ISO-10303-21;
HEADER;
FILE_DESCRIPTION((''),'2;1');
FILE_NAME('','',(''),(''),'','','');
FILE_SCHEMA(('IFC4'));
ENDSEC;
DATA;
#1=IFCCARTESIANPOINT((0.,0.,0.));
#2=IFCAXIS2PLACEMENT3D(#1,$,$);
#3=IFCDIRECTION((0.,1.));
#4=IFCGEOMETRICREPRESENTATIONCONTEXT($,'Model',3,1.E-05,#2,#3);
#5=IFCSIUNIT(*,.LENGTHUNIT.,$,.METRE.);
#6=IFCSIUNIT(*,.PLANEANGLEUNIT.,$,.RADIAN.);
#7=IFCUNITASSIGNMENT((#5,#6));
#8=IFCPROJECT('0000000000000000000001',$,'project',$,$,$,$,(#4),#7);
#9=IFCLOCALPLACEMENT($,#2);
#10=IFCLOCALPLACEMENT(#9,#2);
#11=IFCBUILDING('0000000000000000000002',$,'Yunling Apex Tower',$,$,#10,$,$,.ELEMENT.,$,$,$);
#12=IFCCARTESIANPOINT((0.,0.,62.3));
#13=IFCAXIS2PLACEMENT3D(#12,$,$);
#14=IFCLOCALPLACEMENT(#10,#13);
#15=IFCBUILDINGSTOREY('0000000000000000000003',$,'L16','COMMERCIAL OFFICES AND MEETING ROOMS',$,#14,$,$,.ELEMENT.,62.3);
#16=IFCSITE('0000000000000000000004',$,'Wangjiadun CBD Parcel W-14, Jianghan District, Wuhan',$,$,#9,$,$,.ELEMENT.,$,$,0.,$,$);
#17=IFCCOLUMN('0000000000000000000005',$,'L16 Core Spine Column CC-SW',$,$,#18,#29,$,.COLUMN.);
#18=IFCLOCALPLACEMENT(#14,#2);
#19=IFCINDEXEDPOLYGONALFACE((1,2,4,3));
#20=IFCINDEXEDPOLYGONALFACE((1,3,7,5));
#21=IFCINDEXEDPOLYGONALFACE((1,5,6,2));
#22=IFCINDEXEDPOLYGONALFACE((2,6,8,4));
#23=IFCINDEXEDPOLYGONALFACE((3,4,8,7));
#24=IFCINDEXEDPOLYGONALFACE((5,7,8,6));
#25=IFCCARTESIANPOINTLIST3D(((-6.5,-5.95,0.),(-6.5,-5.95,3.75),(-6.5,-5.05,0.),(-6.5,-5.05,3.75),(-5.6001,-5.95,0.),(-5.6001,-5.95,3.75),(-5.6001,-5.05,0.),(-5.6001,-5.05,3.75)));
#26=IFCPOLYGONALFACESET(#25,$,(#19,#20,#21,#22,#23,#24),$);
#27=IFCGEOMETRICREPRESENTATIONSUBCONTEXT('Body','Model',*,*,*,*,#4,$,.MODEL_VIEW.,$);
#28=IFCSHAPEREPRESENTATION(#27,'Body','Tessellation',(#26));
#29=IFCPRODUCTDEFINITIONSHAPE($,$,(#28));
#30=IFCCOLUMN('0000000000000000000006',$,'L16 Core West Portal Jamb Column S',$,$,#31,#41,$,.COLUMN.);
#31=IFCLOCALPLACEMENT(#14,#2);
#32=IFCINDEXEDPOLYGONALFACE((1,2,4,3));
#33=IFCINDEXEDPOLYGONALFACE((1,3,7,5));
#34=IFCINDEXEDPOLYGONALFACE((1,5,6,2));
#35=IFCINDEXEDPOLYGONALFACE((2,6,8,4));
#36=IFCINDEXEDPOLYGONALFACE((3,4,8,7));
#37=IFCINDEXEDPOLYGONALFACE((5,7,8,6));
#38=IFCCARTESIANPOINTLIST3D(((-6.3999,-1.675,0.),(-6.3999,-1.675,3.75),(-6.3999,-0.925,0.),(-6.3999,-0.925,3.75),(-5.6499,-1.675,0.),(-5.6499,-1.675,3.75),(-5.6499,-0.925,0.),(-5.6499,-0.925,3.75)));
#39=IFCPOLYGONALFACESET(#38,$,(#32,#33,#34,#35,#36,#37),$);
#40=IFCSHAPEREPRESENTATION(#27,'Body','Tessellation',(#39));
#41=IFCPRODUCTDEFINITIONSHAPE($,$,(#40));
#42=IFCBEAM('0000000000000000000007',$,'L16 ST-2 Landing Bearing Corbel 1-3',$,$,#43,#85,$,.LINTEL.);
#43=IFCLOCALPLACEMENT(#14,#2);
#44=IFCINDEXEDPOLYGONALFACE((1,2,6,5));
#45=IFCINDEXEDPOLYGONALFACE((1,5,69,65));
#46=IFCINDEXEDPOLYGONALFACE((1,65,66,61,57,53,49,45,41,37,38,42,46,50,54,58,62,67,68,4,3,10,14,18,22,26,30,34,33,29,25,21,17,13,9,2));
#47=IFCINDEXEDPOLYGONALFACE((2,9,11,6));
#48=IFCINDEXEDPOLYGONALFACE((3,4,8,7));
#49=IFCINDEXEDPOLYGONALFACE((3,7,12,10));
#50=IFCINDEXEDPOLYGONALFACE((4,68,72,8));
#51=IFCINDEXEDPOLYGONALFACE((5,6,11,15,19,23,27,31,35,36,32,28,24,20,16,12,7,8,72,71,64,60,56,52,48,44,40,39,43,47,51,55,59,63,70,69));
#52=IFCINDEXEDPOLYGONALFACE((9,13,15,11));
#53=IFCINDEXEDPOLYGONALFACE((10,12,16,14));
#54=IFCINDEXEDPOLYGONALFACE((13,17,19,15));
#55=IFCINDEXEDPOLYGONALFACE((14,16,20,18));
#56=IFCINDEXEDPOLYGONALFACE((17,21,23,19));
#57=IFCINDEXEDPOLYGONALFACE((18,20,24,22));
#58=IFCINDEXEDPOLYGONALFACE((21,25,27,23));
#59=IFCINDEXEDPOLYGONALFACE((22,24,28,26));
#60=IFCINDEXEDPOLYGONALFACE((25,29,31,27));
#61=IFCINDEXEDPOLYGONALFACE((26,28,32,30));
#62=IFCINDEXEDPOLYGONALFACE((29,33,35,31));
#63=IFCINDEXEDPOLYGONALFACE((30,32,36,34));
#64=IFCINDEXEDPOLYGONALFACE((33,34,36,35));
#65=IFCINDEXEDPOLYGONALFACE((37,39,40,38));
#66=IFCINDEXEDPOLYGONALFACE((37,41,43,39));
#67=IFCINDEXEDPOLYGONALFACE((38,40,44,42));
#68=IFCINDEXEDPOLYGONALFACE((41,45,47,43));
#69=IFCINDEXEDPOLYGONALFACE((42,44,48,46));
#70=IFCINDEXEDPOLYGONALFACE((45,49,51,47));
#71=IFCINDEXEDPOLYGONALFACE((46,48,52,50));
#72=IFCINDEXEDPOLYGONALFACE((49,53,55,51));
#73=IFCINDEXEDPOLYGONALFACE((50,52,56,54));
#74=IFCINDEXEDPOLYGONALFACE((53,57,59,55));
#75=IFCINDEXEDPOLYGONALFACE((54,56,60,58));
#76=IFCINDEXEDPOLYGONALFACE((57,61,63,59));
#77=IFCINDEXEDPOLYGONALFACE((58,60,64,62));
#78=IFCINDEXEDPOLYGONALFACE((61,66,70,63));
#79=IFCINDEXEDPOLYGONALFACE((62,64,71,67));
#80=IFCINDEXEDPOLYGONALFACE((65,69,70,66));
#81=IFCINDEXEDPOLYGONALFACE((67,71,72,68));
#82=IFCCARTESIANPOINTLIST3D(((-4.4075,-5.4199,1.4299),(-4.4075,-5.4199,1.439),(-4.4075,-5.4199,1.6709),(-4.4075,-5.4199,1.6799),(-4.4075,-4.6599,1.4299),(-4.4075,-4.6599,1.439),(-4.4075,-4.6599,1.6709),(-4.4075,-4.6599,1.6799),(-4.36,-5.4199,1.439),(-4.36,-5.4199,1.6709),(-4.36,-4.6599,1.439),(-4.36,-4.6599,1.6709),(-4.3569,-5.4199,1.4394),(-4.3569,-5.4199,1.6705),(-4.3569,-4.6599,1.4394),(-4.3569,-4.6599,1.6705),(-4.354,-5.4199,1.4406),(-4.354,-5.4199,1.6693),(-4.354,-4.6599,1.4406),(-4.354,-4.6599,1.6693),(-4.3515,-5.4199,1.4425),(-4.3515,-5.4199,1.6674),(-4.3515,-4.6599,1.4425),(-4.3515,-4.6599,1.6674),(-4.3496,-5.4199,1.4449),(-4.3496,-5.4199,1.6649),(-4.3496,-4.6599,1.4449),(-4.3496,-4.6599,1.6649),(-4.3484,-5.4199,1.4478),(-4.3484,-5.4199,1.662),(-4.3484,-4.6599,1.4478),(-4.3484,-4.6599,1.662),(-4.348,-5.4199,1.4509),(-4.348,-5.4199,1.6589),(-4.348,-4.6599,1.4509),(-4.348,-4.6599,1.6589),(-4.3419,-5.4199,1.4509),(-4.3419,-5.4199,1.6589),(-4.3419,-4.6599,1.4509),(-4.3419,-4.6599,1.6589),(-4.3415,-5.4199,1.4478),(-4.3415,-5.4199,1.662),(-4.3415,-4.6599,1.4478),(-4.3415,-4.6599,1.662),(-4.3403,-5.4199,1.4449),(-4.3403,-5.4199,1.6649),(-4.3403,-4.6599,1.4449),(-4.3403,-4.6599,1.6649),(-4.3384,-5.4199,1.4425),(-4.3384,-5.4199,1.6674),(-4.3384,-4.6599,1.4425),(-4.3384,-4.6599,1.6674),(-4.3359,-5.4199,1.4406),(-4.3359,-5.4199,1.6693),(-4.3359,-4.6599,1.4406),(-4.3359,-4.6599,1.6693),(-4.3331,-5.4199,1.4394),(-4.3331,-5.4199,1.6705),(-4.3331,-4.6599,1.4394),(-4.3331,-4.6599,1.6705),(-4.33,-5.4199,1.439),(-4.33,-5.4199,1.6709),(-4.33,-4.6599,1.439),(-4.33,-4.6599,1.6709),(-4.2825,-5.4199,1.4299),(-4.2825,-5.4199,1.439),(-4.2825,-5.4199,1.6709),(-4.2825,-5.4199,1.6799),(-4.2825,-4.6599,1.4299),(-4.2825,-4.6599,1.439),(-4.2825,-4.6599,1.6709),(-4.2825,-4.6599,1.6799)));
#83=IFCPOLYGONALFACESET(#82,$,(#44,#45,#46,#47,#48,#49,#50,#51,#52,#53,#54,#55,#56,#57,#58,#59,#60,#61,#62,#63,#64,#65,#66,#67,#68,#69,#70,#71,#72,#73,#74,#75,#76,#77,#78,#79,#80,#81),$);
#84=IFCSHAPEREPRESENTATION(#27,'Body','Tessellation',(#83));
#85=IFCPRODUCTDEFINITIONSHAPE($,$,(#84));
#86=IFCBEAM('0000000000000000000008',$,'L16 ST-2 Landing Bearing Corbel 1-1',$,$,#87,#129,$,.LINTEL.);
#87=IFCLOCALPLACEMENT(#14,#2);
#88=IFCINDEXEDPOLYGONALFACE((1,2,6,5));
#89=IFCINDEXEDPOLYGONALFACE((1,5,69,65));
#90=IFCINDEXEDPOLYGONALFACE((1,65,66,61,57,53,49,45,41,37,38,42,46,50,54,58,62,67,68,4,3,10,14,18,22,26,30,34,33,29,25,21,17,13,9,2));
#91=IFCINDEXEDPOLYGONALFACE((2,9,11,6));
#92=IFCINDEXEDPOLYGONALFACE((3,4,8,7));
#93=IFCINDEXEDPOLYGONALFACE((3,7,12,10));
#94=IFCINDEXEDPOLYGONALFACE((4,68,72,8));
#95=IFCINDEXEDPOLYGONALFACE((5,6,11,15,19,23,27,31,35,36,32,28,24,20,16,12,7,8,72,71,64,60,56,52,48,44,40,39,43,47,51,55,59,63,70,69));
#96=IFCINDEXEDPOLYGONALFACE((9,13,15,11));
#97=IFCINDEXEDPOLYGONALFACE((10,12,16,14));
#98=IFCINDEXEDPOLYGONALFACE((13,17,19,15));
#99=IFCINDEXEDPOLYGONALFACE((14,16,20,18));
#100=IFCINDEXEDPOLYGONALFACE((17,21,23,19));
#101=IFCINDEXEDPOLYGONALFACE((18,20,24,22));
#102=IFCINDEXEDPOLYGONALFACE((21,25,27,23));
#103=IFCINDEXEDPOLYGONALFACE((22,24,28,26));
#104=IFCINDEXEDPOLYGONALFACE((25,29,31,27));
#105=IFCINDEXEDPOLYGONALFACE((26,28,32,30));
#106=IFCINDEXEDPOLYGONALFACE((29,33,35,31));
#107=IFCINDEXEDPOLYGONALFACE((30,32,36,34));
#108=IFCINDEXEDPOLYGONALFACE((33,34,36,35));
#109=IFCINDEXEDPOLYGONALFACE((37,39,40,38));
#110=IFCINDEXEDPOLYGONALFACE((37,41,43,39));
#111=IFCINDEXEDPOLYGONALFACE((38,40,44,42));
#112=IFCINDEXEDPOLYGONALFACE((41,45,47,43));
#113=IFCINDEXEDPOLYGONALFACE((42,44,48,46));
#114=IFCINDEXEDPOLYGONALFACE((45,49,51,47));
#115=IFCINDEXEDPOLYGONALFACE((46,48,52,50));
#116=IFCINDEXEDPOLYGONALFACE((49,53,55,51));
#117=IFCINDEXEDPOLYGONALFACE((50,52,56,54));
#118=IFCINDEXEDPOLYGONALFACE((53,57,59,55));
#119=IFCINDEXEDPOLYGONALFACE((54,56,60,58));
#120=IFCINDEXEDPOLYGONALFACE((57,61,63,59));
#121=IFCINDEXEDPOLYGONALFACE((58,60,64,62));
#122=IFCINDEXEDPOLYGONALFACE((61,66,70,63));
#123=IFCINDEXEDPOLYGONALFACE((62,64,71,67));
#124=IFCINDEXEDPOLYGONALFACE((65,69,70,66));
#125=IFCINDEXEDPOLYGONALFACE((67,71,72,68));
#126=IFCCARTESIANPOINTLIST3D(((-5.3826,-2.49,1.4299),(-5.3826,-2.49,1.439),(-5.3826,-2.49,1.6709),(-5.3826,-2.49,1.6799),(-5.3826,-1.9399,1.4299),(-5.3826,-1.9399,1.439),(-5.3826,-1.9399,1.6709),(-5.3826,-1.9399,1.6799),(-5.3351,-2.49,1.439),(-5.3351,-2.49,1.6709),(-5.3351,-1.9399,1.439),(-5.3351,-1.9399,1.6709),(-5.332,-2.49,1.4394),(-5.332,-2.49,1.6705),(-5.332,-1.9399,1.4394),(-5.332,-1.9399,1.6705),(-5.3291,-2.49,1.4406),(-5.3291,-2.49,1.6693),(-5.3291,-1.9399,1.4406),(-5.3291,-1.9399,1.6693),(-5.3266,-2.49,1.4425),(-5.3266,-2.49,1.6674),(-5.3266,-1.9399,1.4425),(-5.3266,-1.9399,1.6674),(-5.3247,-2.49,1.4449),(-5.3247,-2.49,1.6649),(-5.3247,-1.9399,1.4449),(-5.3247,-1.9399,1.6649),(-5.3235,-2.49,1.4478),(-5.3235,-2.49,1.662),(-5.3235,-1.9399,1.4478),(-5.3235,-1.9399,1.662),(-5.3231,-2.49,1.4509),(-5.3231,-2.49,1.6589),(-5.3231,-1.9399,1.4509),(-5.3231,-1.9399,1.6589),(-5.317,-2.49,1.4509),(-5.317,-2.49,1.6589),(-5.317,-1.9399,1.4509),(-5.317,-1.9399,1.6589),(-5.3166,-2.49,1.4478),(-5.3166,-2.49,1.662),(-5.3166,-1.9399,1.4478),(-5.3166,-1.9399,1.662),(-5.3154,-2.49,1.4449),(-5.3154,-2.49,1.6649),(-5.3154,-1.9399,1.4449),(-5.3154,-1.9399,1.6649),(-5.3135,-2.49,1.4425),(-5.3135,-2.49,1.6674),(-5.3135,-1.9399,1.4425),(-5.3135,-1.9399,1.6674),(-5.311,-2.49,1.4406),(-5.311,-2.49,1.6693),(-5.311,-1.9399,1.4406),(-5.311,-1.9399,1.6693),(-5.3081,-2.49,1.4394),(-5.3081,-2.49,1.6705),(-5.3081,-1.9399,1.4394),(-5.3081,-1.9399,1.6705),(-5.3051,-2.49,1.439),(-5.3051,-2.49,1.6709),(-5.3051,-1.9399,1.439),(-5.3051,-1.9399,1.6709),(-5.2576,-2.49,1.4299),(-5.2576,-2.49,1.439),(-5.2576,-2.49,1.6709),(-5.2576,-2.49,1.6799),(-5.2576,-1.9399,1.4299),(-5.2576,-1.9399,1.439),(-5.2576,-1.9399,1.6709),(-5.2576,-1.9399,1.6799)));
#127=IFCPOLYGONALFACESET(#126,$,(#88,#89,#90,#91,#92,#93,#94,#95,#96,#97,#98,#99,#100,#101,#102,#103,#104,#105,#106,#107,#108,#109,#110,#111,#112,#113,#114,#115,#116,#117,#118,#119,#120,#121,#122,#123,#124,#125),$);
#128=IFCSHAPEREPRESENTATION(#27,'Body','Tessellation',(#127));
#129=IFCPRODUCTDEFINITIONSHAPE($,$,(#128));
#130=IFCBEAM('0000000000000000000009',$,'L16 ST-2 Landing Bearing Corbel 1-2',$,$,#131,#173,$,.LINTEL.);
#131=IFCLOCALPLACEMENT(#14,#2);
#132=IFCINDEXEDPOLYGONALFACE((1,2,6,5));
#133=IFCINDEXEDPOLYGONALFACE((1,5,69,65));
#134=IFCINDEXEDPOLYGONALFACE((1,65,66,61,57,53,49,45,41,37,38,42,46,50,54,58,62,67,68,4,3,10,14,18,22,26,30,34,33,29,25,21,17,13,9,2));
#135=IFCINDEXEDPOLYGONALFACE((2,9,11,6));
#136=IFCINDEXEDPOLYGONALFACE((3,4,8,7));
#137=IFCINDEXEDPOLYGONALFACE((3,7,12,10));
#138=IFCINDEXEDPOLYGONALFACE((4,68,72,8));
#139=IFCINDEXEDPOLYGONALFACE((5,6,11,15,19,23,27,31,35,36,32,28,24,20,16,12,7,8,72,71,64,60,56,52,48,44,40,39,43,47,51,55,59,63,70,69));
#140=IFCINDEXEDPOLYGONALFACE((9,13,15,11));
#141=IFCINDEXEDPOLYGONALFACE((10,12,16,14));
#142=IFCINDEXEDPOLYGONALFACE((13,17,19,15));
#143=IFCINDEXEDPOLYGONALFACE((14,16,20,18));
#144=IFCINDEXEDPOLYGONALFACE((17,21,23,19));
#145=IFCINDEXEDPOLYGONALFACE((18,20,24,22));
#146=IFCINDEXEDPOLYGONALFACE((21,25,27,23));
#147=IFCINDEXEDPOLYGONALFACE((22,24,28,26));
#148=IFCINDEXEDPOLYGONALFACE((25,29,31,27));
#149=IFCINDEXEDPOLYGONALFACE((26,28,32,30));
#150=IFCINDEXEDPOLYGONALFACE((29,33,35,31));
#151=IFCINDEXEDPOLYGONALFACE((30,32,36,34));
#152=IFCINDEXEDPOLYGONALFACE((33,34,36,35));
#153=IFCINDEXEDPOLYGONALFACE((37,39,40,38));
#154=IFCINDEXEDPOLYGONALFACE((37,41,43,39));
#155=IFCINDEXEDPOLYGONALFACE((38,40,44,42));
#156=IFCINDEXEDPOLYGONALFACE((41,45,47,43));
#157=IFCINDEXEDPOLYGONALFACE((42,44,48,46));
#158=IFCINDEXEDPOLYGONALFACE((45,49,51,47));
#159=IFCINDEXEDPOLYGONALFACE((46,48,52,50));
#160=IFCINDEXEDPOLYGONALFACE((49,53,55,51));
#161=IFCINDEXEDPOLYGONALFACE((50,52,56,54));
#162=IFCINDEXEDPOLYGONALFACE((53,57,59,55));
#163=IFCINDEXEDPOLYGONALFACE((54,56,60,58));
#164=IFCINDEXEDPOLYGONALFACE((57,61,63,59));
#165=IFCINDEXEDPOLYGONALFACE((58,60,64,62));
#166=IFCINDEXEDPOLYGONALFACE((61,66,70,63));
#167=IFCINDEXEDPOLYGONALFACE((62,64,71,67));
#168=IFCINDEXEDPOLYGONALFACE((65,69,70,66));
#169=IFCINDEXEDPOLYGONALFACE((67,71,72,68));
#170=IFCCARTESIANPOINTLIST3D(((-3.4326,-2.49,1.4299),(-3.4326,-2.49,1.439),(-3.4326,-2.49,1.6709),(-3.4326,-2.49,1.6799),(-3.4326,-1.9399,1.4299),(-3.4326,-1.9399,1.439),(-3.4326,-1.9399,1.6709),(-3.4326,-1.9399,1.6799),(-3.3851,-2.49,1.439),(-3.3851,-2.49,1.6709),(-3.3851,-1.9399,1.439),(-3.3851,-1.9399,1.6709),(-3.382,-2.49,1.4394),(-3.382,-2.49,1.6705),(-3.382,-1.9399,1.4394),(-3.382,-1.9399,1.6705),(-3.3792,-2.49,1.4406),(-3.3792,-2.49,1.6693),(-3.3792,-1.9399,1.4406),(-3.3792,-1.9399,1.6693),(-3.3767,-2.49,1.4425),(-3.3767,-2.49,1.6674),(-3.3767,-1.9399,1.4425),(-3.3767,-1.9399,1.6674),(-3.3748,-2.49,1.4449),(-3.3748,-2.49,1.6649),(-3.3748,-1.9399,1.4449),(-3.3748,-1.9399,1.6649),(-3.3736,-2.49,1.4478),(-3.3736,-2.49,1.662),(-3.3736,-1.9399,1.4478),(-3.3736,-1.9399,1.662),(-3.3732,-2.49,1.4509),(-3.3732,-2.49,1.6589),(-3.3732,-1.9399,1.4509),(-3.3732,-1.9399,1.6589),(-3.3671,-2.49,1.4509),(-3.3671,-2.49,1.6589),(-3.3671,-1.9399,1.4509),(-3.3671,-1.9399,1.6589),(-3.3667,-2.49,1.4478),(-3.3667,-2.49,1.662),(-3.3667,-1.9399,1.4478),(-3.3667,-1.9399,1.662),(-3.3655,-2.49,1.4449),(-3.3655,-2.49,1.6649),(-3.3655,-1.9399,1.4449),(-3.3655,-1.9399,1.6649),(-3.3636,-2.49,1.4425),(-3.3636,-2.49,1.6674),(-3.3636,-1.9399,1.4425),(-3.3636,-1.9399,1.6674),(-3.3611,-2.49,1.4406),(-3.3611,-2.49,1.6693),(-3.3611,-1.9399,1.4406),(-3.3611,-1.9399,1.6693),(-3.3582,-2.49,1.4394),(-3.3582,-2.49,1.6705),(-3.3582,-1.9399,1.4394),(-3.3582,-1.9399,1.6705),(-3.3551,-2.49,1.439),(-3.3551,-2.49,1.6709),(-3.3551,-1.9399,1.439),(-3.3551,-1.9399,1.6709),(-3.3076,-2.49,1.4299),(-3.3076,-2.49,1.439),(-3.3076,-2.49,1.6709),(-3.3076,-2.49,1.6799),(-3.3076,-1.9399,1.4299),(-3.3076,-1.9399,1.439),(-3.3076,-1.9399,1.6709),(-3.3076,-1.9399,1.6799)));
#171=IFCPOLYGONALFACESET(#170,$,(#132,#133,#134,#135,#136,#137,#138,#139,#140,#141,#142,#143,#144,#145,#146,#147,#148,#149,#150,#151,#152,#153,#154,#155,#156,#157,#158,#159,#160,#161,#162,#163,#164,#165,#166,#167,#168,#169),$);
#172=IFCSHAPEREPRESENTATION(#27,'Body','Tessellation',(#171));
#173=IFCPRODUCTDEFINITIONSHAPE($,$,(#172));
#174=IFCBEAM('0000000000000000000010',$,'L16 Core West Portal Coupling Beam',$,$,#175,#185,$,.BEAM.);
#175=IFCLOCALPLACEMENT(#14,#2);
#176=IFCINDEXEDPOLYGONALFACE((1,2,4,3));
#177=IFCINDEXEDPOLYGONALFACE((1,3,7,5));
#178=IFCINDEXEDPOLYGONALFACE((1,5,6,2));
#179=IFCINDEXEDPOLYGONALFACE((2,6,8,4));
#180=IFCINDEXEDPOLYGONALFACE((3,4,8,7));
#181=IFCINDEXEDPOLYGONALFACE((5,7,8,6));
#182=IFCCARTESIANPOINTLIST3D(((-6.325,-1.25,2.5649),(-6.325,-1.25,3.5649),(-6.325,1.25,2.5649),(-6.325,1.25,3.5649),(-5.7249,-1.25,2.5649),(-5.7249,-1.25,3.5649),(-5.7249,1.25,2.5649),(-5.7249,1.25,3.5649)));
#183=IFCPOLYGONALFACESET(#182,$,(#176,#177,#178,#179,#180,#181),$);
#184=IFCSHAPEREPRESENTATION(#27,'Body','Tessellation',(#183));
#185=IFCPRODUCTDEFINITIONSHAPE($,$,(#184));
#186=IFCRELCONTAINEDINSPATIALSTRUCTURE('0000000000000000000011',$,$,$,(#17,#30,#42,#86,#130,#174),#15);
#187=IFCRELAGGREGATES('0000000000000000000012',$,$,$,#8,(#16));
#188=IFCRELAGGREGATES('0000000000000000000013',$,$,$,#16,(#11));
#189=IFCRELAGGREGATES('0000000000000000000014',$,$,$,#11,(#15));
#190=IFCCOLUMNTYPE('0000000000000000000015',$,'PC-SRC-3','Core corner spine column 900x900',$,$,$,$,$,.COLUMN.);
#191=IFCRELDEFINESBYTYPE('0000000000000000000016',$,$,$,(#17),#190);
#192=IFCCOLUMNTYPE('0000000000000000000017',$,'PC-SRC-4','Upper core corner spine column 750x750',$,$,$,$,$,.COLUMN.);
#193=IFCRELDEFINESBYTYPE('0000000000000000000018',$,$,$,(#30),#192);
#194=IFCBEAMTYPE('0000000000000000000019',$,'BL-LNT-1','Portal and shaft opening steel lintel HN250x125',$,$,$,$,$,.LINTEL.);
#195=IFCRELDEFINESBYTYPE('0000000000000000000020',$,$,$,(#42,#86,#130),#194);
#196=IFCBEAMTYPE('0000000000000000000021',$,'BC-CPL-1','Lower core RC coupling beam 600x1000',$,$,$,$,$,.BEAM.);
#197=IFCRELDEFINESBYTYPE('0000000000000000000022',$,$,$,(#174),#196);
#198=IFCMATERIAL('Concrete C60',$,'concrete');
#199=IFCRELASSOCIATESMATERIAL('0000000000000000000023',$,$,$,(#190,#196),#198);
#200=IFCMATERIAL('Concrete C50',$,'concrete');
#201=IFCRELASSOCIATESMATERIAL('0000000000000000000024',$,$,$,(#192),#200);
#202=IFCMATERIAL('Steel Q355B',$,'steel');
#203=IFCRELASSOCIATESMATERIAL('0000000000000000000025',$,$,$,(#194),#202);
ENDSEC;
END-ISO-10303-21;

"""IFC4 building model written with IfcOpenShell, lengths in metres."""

from ifc_helpers import new_model, si_unit, direction, frame, origin, origin_2d, place, context, subcontext, project, spatial, rectangle, i_section, extrude, source, transform, mapped, material, material_profile, profile_set, type_object, element, save


model = new_model("IFC4")

# Units and contexts
model_context = context("Model", 3, precision=1e-05, world=origin(), true_north=direction((0.0, 1.0)))
body_context = subcontext(model_context, "Body", "Model", "MODEL_VIEW")
ifc_project = project(units=[si_unit("LENGTHUNIT", "METRE"), si_unit("PLANEANGLEUNIT", "RADIAN")], contexts=[model_context])

# Site, building, storey
site_placement = place(None, origin())
site = spatial("IfcSite", under=ifc_project, at=site_placement, Name="Wangjiadun CBD Parcel W-14, Jianghan District, Wuhan", CompositionType="ELEMENT", RefElevation=0.0)
building_placement = place(site_placement, origin())
building = spatial("IfcBuilding", under=site, at=building_placement, Name="Yunling Apex Tower", CompositionType="ELEMENT")
storey_placement = place(building_placement, frame((0.0, 0.0, 62.3)))
storey = spatial("IfcBuildingStorey", under=building, at=storey_placement, Name="L16", Description="COMMERCIAL OFFICES AND MEETING ROOMS", CompositionType="ELEMENT", Elevation=62.3)

# Columns
ifc_material_1 = material(Name="Concrete C60", Category="concrete")
ifc_material_profile_1 = material_profile(ifc_material_1, rectangle(XDim=0.8999, YDim=0.8999, at=origin_2d()))
ifc_profile_set_1 = profile_set([ifc_material_profile_1], Name="Concrete C60")
column_type_1 = type_object("IfcColumnType", Name="PC-SRC-3", Description="Core corner spine column 900x900", PredefinedType="COLUMN", material=ifc_profile_set_1)
shared_shape_1 = source(origin(), body_context, "Body", "SweptSolid", [
    extrude(rectangle(XDim=0.8999, YDim=0.8999, at=origin_2d()), origin(), (0.0, 0.0, 1.0), 3.75),
])
column_1_placement = place(storey_placement, frame((-6.05, -5.5, 0.0), z_axis=(0.0, 0.0, 1.0), x_axis=(1.0, 0.0, 0.0)))
element("IfcColumn", 1, at=column_1_placement, inside=storey, type_object=column_type_1, Name="L16 Core Spine Column CC-SW", PredefinedType="COLUMN", context=body_context, shape_type="MappedRepresentation", body=[
    mapped(shared_shape_1, transform((0.0, 0.0, 0.0), scale=1.0)),
])
ifc_material_2 = material(Name="Concrete C50", Category="concrete")
ifc_material_profile_2 = material_profile(ifc_material_2, rectangle(XDim=0.75, YDim=0.75, at=origin_2d()))
ifc_profile_set_2 = profile_set([ifc_material_profile_2], Name="Concrete C50")
column_type_2 = type_object("IfcColumnType", Name="PC-SRC-4", Description="Upper core corner spine column 750x750", PredefinedType="COLUMN", material=ifc_profile_set_2)
shared_shape_2 = source(origin(), body_context, "Body", "SweptSolid", [
    extrude(rectangle(XDim=0.75, YDim=0.75, at=origin_2d()), origin(), (0.0, 0.0, 1.0), 3.75),
])
column_2_placement = place(storey_placement, frame((-6.0249, -1.3, 0.0), z_axis=(0.0, 0.0, 1.0), x_axis=(1.0, 0.0, 0.0)))
element("IfcColumn", 2, at=column_2_placement, inside=storey, type_object=column_type_2, Name="L16 Core West Portal Jamb Column S", PredefinedType="COLUMN", context=body_context, shape_type="MappedRepresentation", body=[
    mapped(shared_shape_2, transform((0.0, 0.0, 0.0), scale=1.0)),
])

# Beams
ifc_material_3 = material(Name="Steel Q355B", Category="steel")
ifc_material_profile_3 = material_profile(ifc_material_3, i_section(OverallWidth=0.125, OverallDepth=0.25, WebThickness=0.0061, FlangeThickness=0.009, FilletRadius=0.012, at=origin_2d()))
ifc_profile_set_3 = profile_set([ifc_material_profile_3], Name="Steel Q355B")
beam_type_1 = type_object("IfcBeamType", Name="BL-LNT-1", Description="Portal and shaft opening steel lintel HN250x125", PredefinedType="LINTEL", material=ifc_profile_set_3)
shared_shape_3 = source(origin(), body_context, "Body", "SweptSolid", [
    extrude(i_section(OverallWidth=0.125, OverallDepth=0.25, WebThickness=0.0061, FlangeThickness=0.009, FilletRadius=0.012, at=origin_2d()), origin(), (0.0, 0.0, 1.0), 0.76),
])
beam_1_placement = place(storey_placement, frame((-4.345, -5.4199, 1.5549), z_axis=(0.0, 1.0, 0.0), x_axis=(-1.0, 0.0, 0.0)))
element("IfcBeam", 3, at=beam_1_placement, inside=storey, type_object=beam_type_1, Name="L16 ST-2 Landing Bearing Corbel 1-3", PredefinedType="LINTEL", context=body_context, shape_type="MappedRepresentation", body=[
    mapped(shared_shape_3, transform((0.0, 0.0, 0.0), scale=1.0)),
])
shared_shape_4 = source(origin(), body_context, "Body", "SweptSolid", [
    extrude(i_section(OverallWidth=0.125, OverallDepth=0.25, WebThickness=0.0061, FlangeThickness=0.009, FilletRadius=0.012, at=origin_2d()), origin(), (0.0, 0.0, 1.0), 0.55),
])
for number, where, z_axis, x_axis, name in (
    (4, (-5.3201, -1.9399, 1.5549), (0.0, -1.0, 0.0), (1.0, 0.0, 0.0), "L16 ST-2 Landing Bearing Corbel 1-1"),
    (5, (-3.3701, -1.9399, 1.5549), (0.0, -1.0, 0.0), (1.0, 0.0, 0.0), "L16 ST-2 Landing Bearing Corbel 1-2"),
):
    element("IfcBeam", number, at=place(storey_placement, frame(where, z_axis=z_axis, x_axis=x_axis)), inside=storey, type_object=beam_type_1, Name=name, PredefinedType="LINTEL", context=body_context, shape_type="MappedRepresentation", body=[
        mapped(shared_shape_4, transform((0.0, 0.0, 0.0), scale=1.0)),
    ])
ifc_material_profile_4 = material_profile(ifc_material_1, rectangle(XDim=0.6001, YDim=1.0, at=origin_2d()))
ifc_profile_set_4 = profile_set([ifc_material_profile_4], Name="Concrete C60")
beam_type_2 = type_object("IfcBeamType", Name="BC-CPL-1", Description="Lower core RC coupling beam 600x1000", PredefinedType="BEAM", material=ifc_profile_set_4)
shared_shape_5 = source(origin(), body_context, "Body", "SweptSolid", [
    extrude(rectangle(XDim=0.6001, YDim=1.0, at=origin_2d()), origin(), (0.0, 0.0, 1.0), 2.5),
])
beam_2_placement = place(storey_placement, frame((-6.0249, -1.25, 3.0649), z_axis=(0.0, 1.0, 0.0), x_axis=(-1.0, 0.0, 0.0)))
element("IfcBeam", 6, at=beam_2_placement, inside=storey, type_object=beam_type_2, Name="L16 Core West Portal Coupling Beam", PredefinedType="BEAM", context=body_context, shape_type="MappedRepresentation", body=[
    mapped(shared_shape_5, transform((0.0, 0.0, 0.0), scale=1.0)),
])

save(model, "model.ifc")
